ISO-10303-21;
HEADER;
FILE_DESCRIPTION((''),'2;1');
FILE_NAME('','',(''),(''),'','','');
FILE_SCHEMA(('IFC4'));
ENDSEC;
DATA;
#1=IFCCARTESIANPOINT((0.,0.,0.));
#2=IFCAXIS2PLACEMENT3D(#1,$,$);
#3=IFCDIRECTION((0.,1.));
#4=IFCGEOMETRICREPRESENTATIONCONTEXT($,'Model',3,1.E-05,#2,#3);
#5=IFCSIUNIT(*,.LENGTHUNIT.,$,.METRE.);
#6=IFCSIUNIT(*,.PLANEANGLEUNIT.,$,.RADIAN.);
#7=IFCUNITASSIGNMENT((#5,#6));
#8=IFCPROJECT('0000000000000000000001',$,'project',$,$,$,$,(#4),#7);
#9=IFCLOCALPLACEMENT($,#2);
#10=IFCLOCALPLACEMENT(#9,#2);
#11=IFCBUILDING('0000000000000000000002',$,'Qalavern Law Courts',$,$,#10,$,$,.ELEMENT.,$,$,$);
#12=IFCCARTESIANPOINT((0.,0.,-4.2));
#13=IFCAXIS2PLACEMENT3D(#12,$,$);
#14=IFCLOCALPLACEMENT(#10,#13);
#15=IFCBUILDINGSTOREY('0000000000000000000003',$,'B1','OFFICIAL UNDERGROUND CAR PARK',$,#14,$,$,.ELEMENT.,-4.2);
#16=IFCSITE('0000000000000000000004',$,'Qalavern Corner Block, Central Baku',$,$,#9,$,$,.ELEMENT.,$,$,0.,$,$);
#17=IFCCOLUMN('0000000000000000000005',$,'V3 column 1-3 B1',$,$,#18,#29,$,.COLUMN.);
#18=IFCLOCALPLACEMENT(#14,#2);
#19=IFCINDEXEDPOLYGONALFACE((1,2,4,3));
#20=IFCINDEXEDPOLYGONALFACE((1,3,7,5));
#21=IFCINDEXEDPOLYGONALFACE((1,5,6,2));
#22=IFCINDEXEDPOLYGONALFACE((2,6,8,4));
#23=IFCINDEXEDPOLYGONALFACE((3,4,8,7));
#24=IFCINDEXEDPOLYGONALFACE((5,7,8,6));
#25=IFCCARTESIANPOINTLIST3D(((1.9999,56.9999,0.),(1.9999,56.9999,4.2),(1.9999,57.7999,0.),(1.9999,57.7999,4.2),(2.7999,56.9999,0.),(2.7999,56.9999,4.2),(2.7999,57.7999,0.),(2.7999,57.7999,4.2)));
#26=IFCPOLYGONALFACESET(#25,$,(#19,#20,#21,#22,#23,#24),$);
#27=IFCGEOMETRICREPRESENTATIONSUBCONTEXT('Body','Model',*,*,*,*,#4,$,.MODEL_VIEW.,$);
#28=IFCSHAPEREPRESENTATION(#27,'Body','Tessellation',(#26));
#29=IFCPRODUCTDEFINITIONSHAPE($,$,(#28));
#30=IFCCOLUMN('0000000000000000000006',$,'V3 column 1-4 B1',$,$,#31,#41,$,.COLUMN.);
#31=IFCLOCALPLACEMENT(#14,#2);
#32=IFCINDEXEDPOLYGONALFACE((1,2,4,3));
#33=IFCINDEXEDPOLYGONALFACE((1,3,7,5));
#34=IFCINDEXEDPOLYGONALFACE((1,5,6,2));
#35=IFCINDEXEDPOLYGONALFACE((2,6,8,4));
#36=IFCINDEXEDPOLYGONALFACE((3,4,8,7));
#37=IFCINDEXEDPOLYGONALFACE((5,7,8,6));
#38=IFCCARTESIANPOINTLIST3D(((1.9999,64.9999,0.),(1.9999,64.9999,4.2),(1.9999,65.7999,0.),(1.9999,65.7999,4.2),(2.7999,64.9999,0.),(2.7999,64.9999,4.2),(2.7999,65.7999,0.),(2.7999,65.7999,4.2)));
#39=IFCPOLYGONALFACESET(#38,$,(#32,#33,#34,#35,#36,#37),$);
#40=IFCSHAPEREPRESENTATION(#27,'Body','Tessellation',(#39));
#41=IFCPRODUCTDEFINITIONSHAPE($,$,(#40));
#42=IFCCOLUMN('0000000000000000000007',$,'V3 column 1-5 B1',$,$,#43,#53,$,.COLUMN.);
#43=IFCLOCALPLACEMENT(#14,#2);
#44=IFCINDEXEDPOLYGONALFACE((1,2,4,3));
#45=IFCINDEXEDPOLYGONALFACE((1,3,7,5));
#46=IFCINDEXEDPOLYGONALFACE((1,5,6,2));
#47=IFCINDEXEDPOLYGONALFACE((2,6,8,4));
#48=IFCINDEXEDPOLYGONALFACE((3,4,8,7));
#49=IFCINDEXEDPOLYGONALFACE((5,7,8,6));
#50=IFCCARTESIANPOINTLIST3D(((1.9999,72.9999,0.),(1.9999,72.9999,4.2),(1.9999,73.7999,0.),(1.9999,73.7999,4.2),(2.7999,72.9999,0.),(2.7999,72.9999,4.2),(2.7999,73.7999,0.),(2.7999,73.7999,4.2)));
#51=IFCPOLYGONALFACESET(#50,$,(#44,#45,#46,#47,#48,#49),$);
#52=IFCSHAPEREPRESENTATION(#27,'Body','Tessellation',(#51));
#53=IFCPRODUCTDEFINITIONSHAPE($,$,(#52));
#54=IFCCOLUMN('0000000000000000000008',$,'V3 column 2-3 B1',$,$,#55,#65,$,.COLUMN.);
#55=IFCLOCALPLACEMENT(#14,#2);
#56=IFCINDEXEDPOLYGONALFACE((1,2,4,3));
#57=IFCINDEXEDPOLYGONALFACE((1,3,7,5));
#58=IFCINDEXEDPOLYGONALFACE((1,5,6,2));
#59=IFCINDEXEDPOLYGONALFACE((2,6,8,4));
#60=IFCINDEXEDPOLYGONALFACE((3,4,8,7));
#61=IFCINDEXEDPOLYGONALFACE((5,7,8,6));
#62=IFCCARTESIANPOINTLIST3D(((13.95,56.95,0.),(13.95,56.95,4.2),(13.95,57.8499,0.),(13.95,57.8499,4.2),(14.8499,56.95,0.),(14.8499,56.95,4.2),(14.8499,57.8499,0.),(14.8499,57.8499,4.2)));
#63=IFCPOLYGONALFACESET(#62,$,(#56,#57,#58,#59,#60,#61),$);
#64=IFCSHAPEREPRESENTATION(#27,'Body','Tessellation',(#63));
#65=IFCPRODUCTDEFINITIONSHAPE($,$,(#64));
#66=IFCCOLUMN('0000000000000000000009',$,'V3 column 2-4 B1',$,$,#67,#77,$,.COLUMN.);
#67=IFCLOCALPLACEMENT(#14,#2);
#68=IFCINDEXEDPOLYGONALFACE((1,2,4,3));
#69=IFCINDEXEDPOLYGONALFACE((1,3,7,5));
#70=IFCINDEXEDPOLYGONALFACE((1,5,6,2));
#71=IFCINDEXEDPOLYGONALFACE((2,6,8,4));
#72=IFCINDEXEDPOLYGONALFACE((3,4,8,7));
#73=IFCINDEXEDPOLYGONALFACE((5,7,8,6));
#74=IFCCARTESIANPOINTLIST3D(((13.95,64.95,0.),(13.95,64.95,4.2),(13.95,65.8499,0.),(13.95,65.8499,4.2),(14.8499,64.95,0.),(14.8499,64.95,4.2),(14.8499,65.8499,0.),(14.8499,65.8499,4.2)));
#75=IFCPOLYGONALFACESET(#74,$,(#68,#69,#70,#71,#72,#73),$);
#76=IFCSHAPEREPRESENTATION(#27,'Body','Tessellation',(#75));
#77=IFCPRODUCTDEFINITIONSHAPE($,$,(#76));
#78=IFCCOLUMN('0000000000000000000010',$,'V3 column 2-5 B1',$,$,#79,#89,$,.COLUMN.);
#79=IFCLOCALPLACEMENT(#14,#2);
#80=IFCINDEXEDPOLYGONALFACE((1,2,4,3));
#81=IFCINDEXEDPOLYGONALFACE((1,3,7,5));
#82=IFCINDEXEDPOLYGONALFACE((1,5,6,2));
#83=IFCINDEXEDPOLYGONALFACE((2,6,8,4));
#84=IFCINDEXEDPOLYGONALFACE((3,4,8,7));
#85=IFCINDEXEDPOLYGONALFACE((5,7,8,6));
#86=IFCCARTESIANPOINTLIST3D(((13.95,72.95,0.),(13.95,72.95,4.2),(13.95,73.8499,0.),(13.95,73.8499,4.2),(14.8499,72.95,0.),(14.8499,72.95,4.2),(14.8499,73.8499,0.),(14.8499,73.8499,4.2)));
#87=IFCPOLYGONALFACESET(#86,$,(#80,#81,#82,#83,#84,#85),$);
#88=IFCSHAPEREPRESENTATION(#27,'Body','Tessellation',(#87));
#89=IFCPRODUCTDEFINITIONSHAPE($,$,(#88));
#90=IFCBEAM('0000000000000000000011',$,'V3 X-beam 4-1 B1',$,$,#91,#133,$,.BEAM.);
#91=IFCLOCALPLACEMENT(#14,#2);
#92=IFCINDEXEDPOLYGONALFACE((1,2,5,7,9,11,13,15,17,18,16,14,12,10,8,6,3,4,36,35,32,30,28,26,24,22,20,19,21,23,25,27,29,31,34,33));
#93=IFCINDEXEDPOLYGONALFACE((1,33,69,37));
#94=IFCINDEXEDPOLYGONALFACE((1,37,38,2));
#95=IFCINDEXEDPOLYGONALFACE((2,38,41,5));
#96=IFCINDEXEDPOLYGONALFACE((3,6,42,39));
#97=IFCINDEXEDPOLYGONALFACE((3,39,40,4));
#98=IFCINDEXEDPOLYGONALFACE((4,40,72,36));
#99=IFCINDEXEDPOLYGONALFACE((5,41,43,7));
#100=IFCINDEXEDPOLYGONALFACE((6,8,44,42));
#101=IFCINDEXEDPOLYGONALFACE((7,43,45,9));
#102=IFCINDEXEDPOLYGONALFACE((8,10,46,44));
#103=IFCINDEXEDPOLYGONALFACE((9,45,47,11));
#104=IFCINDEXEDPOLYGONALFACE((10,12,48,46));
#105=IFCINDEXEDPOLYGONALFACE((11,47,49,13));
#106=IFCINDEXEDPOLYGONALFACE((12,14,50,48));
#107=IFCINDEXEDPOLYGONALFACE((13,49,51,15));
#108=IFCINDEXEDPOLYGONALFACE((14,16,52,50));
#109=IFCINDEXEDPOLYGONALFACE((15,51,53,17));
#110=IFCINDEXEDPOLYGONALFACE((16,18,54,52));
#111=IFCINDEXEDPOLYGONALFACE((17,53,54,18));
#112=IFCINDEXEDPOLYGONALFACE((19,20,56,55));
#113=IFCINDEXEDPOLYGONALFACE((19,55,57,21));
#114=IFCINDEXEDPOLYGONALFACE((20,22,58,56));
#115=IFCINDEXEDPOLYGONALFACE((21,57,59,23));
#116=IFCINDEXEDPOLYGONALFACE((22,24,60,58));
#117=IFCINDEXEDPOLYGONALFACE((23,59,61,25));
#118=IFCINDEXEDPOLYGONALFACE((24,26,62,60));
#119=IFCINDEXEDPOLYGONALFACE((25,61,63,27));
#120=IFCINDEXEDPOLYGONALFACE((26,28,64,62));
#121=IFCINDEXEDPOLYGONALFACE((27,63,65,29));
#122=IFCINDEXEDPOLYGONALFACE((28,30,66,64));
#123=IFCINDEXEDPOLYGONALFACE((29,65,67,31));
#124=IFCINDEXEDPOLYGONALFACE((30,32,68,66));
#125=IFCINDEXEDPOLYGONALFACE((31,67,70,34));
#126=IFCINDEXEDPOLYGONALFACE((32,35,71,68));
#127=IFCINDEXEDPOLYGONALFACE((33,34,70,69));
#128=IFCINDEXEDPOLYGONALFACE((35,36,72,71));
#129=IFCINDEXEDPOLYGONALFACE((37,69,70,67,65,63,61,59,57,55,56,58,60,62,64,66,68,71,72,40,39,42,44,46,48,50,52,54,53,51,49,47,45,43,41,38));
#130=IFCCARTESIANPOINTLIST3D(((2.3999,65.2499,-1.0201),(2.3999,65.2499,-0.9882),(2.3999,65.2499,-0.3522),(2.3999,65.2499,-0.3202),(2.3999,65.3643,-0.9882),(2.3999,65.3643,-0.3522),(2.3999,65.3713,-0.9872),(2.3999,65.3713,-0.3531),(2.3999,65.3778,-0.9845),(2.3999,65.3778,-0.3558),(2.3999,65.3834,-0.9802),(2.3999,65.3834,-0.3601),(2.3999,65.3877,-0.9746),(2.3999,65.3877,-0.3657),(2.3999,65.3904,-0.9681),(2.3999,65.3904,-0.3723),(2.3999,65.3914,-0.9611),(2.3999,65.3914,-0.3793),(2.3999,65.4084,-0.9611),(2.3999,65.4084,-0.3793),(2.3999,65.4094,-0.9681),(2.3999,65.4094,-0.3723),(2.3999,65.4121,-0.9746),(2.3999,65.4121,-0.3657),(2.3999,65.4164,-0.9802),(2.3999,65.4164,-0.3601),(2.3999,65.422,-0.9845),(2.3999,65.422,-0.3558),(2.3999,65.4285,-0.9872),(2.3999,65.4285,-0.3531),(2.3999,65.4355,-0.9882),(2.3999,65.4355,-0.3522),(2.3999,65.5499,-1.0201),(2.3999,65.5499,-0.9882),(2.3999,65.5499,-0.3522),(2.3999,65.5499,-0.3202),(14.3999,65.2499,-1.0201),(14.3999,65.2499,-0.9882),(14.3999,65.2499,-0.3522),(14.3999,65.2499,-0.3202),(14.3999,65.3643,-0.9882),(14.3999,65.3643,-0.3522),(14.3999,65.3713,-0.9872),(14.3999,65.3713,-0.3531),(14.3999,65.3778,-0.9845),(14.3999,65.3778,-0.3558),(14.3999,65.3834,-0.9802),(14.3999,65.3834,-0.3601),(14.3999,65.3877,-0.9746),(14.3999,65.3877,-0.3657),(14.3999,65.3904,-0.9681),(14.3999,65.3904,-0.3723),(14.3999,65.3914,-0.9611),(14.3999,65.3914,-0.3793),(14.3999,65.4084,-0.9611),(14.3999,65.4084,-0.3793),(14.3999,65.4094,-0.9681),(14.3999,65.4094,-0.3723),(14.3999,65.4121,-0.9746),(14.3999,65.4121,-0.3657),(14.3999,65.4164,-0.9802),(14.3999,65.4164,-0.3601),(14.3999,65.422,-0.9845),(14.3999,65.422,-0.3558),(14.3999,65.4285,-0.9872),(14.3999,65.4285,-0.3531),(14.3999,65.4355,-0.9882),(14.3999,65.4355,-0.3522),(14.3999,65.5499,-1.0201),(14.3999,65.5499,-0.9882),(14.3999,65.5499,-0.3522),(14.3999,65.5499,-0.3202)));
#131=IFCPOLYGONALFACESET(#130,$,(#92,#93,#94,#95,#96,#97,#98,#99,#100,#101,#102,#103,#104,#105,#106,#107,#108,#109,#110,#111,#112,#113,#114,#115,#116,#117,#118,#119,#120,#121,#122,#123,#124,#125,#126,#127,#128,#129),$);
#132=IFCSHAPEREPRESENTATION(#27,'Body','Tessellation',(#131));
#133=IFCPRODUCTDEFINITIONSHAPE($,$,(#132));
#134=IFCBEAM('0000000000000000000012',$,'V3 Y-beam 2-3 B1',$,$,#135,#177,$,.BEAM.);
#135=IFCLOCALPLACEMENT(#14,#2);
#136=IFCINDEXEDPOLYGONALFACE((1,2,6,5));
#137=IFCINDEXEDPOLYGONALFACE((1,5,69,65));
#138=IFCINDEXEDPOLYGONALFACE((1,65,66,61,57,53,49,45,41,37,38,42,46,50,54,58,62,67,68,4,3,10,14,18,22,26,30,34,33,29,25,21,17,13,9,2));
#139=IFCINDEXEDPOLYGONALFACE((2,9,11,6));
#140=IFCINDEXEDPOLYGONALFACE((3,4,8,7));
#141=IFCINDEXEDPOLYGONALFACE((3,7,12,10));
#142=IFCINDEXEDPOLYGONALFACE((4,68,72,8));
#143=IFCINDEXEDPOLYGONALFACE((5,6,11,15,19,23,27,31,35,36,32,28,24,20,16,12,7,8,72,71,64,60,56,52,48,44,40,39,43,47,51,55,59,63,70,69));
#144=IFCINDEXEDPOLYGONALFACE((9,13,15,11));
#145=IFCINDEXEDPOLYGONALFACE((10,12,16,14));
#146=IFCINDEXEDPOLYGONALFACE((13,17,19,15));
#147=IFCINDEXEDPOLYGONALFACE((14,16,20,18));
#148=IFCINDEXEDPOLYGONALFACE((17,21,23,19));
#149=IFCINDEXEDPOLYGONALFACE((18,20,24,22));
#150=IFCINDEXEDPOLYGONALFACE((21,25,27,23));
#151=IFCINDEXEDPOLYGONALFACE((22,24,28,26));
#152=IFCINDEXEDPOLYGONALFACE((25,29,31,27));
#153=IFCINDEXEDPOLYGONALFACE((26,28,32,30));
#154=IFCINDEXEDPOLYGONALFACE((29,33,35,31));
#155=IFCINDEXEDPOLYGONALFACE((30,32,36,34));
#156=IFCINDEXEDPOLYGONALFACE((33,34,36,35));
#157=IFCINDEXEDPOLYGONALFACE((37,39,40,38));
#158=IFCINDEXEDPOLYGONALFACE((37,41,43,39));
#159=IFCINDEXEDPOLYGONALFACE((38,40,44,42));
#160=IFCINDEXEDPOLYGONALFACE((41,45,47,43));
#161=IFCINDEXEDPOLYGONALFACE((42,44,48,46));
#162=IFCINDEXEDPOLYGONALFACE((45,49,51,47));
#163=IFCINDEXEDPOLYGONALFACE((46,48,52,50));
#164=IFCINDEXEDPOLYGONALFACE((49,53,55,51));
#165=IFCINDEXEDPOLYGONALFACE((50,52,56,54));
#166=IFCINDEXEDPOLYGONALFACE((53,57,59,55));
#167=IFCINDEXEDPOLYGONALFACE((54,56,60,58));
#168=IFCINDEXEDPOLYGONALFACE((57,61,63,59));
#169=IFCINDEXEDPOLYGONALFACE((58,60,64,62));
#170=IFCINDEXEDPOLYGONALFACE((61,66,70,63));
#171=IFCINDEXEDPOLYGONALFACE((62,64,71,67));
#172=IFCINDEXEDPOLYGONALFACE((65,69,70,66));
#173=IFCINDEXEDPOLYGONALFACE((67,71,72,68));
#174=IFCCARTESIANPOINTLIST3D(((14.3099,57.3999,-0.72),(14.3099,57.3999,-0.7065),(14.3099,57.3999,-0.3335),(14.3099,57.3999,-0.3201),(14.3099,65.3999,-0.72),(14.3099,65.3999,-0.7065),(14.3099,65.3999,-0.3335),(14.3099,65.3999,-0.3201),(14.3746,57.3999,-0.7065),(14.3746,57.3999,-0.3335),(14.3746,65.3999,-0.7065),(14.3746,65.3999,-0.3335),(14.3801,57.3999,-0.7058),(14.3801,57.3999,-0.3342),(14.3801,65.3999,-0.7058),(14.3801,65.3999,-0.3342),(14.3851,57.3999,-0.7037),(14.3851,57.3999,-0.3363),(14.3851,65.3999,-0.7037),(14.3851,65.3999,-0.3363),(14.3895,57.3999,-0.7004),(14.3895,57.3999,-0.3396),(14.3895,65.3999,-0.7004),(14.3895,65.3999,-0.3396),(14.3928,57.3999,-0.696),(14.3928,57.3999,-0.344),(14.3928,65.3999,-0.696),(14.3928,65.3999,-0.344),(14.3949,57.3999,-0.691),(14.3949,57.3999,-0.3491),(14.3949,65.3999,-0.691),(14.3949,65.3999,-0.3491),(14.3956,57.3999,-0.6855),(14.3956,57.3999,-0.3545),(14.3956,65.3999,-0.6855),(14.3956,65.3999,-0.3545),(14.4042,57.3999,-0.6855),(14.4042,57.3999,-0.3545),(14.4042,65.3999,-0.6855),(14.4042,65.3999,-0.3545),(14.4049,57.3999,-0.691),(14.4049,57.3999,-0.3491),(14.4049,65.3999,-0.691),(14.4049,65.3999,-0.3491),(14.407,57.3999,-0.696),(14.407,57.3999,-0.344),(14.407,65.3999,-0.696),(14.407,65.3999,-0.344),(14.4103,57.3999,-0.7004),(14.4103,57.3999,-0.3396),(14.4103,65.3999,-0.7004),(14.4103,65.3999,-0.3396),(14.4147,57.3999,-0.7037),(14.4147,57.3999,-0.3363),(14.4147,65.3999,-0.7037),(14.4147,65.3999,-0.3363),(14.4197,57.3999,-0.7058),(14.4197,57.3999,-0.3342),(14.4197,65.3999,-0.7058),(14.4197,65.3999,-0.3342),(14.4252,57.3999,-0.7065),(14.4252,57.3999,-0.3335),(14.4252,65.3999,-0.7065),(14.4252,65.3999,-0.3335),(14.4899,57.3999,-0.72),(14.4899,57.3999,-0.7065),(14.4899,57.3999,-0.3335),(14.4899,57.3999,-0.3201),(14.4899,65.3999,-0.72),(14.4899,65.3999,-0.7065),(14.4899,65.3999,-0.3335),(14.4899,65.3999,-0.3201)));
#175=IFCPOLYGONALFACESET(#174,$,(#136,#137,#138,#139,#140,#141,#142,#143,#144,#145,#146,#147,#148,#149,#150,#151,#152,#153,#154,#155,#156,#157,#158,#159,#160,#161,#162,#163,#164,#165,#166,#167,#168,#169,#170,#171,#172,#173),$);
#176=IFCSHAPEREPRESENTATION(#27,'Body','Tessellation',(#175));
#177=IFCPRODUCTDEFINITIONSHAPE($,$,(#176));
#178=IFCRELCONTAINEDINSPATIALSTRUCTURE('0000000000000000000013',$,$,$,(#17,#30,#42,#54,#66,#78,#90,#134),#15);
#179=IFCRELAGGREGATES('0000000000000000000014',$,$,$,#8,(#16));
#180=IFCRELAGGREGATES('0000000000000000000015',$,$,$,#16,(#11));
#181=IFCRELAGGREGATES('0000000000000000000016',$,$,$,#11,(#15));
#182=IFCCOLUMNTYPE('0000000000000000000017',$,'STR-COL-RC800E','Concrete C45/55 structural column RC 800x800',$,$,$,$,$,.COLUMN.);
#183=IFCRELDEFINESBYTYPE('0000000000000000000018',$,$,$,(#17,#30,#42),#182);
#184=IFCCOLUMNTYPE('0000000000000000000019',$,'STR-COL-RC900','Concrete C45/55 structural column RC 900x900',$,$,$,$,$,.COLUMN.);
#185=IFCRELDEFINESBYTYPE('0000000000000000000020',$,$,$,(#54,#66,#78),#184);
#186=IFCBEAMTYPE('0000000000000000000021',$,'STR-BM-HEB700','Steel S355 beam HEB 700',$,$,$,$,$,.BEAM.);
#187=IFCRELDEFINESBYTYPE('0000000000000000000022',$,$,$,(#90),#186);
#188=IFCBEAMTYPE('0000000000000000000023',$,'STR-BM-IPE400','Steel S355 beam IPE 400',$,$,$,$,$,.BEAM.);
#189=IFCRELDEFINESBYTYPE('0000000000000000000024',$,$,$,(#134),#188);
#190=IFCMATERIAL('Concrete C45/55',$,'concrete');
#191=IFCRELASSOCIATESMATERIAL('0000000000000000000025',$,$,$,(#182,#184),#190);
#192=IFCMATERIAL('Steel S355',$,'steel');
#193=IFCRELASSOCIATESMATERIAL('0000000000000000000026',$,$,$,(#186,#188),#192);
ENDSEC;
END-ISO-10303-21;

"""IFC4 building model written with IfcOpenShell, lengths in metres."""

from ifc_helpers import new_model, si_unit, direction, frame, origin, origin_2d, place, context, subcontext, project, spatial, rectangle, i_section, extrude, material, material_profile, profile_set, type_object, element, save


model = new_model("IFC4")

# Units and contexts
model_context = context("Model", 3, precision=1e-05, world=origin(), true_north=direction((0.0, 1.0)))
body_context = subcontext(model_context, "Body", "Model", "MODEL_VIEW")
ifc_project = project(units=[si_unit("LENGTHUNIT", "METRE"), si_unit("PLANEANGLEUNIT", "RADIAN")], contexts=[model_context])

# Site, building, storey
site_placement = place(None, origin())
site = spatial("IfcSite", under=ifc_project, at=site_placement, Name="Qalavern Corner Block, Central Baku", CompositionType="ELEMENT", RefElevation=0.0)
building_placement = place(site_placement, origin())
building = spatial("IfcBuilding", under=site, at=building_placement, Name="Qalavern Law Courts", CompositionType="ELEMENT")
storey_placement = place(building_placement, frame((0.0, 0.0, -4.2)))
storey = spatial("IfcBuildingStorey", under=building, at=storey_placement, Name="B1", Description="OFFICIAL UNDERGROUND CAR PARK", CompositionType="ELEMENT", Elevation=-4.2)

# Columns
ifc_material_1 = material(Name="Concrete C45/55", Category="concrete")
ifc_material_profile_1 = material_profile(ifc_material_1, rectangle(XDim=0.8, YDim=0.8, at=origin_2d()), Name="RC 800x800")
ifc_profile_set_1 = profile_set([ifc_material_profile_1], Name="Concrete C45/55")
column_type_1 = type_object("IfcColumnType", Name="STR-COL-RC800E", Description="Concrete C45/55 structural column RC 800x800", PredefinedType="COLUMN", material=ifc_profile_set_1)
for number, where, z_axis, x_axis, name in (
    (1, (2.3999, 57.3999, 0.0), (0.0, 0.0, 1.0), (1.0, 0.0, 0.0), "V3 column 1-3 B1"),
    (2, (2.3999, 65.3999, 0.0), (0.0, 0.0, 1.0), (1.0, 0.0, 0.0), "V3 column 1-4 B1"),
    (3, (2.3999, 73.3999, 0.0), (0.0, 0.0, 1.0), (1.0, 0.0, 0.0), "V3 column 1-5 B1"),
):
    element("IfcColumn", number, at=place(storey_placement, frame(where, z_axis=z_axis, x_axis=x_axis)), inside=storey, type_object=column_type_1, Name=name, PredefinedType="COLUMN", context=body_context, shape_type="SweptSolid", body=[
        extrude(rectangle(XDim=0.8, YDim=0.8, at=origin_2d()), origin(), (0.0, 0.0, 1.0), 4.2),
    ])
ifc_material_profile_2 = material_profile(ifc_material_1, rectangle(XDim=0.8999, YDim=0.8999, at=origin_2d()), Name="RC 900x900")
ifc_profile_set_2 = profile_set([ifc_material_profile_2], Name="Concrete C45/55")
column_type_2 = type_object("IfcColumnType", Name="STR-COL-RC900", Description="Concrete C45/55 structural column RC 900x900", PredefinedType="COLUMN", material=ifc_profile_set_2)
for number, where, z_axis, x_axis, name in (
    (4, (14.3999, 57.3999, 0.0), (0.0, 0.0, 1.0), (1.0, 0.0, 0.0), "V3 column 2-3 B1"),
    (5, (14.3999, 65.3999, 0.0), (0.0, 0.0, 1.0), (1.0, 0.0, 0.0), "V3 column 2-4 B1"),
    (6, (14.3999, 73.3999, 0.0), (0.0, 0.0, 1.0), (1.0, 0.0, 0.0), "V3 column 2-5 B1"),
):
    element("IfcColumn", number, at=place(storey_placement, frame(where, z_axis=z_axis, x_axis=x_axis)), inside=storey, type_object=column_type_2, Name=name, PredefinedType="COLUMN", context=body_context, shape_type="SweptSolid", body=[
        extrude(rectangle(XDim=0.8999, YDim=0.8999, at=origin_2d()), origin(), (0.0, 0.0, 1.0), 4.2),
    ])

# Beams
ifc_material_2 = material(Name="Steel S355", Category="steel")
ifc_material_profile_3 = material_profile(ifc_material_2, i_section(OverallWidth=0.3, OverallDepth=0.7, WebThickness=0.0171, FlangeThickness=0.032, FilletRadius=0.0271, at=origin_2d()), Name="HEB 700")
ifc_profile_set_3 = profile_set([ifc_material_profile_3], Name="Steel S355")
beam_type_1 = type_object("IfcBeamType", Name="STR-BM-HEB700", Description="Steel S355 beam HEB 700", PredefinedType="BEAM", material=ifc_profile_set_3)
beam_1_placement = place(storey_placement, frame((2.3999, 65.3999, -0.6702), z_axis=(1.0, 0.0, 0.0), x_axis=(0.0, 1.0, 0.0)))
element("IfcBeam", 7, at=beam_1_placement, inside=storey, type_object=beam_type_1, Name="V3 X-beam 4-1 B1", PredefinedType="BEAM", context=body_context, shape_type="SweptSolid", body=[
    extrude(i_section(OverallWidth=0.3, OverallDepth=0.7, WebThickness=0.0171, FlangeThickness=0.032, FilletRadius=0.0271, at=origin_2d()), origin(), (0.0, 0.0, 1.0), 12.0),
])
ifc_material_profile_4 = material_profile(ifc_material_2, i_section(OverallWidth=0.1799, OverallDepth=0.3999, WebThickness=0.0085, FlangeThickness=0.0134, FilletRadius=0.021, at=origin_2d()), Name="IPE 400")
ifc_profile_set_4 = profile_set([ifc_material_profile_4], Name="Steel S355")
beam_type_2 = type_object("IfcBeamType", Name="STR-BM-IPE400", Description="Steel S355 beam IPE 400", PredefinedType="BEAM", material=ifc_profile_set_4)
beam_2_placement = place(storey_placement, frame((14.3999, 57.3999, -0.52), z_axis=(0.0, 1.0, 0.0), x_axis=(-1.0, 0.0, 0.0)))
element("IfcBeam", 8, at=beam_2_placement, inside=storey, type_object=beam_type_2, Name="V3 Y-beam 2-3 B1", PredefinedType="BEAM", context=body_context, shape_type="SweptSolid", body=[
    extrude(i_section(OverallWidth=0.1799, OverallDepth=0.3999, WebThickness=0.0085, FlangeThickness=0.0134, FilletRadius=0.021, at=origin_2d()), origin(), (0.0, 0.0, 1.0), 8.0),
])

save(model, "model.ifc")
